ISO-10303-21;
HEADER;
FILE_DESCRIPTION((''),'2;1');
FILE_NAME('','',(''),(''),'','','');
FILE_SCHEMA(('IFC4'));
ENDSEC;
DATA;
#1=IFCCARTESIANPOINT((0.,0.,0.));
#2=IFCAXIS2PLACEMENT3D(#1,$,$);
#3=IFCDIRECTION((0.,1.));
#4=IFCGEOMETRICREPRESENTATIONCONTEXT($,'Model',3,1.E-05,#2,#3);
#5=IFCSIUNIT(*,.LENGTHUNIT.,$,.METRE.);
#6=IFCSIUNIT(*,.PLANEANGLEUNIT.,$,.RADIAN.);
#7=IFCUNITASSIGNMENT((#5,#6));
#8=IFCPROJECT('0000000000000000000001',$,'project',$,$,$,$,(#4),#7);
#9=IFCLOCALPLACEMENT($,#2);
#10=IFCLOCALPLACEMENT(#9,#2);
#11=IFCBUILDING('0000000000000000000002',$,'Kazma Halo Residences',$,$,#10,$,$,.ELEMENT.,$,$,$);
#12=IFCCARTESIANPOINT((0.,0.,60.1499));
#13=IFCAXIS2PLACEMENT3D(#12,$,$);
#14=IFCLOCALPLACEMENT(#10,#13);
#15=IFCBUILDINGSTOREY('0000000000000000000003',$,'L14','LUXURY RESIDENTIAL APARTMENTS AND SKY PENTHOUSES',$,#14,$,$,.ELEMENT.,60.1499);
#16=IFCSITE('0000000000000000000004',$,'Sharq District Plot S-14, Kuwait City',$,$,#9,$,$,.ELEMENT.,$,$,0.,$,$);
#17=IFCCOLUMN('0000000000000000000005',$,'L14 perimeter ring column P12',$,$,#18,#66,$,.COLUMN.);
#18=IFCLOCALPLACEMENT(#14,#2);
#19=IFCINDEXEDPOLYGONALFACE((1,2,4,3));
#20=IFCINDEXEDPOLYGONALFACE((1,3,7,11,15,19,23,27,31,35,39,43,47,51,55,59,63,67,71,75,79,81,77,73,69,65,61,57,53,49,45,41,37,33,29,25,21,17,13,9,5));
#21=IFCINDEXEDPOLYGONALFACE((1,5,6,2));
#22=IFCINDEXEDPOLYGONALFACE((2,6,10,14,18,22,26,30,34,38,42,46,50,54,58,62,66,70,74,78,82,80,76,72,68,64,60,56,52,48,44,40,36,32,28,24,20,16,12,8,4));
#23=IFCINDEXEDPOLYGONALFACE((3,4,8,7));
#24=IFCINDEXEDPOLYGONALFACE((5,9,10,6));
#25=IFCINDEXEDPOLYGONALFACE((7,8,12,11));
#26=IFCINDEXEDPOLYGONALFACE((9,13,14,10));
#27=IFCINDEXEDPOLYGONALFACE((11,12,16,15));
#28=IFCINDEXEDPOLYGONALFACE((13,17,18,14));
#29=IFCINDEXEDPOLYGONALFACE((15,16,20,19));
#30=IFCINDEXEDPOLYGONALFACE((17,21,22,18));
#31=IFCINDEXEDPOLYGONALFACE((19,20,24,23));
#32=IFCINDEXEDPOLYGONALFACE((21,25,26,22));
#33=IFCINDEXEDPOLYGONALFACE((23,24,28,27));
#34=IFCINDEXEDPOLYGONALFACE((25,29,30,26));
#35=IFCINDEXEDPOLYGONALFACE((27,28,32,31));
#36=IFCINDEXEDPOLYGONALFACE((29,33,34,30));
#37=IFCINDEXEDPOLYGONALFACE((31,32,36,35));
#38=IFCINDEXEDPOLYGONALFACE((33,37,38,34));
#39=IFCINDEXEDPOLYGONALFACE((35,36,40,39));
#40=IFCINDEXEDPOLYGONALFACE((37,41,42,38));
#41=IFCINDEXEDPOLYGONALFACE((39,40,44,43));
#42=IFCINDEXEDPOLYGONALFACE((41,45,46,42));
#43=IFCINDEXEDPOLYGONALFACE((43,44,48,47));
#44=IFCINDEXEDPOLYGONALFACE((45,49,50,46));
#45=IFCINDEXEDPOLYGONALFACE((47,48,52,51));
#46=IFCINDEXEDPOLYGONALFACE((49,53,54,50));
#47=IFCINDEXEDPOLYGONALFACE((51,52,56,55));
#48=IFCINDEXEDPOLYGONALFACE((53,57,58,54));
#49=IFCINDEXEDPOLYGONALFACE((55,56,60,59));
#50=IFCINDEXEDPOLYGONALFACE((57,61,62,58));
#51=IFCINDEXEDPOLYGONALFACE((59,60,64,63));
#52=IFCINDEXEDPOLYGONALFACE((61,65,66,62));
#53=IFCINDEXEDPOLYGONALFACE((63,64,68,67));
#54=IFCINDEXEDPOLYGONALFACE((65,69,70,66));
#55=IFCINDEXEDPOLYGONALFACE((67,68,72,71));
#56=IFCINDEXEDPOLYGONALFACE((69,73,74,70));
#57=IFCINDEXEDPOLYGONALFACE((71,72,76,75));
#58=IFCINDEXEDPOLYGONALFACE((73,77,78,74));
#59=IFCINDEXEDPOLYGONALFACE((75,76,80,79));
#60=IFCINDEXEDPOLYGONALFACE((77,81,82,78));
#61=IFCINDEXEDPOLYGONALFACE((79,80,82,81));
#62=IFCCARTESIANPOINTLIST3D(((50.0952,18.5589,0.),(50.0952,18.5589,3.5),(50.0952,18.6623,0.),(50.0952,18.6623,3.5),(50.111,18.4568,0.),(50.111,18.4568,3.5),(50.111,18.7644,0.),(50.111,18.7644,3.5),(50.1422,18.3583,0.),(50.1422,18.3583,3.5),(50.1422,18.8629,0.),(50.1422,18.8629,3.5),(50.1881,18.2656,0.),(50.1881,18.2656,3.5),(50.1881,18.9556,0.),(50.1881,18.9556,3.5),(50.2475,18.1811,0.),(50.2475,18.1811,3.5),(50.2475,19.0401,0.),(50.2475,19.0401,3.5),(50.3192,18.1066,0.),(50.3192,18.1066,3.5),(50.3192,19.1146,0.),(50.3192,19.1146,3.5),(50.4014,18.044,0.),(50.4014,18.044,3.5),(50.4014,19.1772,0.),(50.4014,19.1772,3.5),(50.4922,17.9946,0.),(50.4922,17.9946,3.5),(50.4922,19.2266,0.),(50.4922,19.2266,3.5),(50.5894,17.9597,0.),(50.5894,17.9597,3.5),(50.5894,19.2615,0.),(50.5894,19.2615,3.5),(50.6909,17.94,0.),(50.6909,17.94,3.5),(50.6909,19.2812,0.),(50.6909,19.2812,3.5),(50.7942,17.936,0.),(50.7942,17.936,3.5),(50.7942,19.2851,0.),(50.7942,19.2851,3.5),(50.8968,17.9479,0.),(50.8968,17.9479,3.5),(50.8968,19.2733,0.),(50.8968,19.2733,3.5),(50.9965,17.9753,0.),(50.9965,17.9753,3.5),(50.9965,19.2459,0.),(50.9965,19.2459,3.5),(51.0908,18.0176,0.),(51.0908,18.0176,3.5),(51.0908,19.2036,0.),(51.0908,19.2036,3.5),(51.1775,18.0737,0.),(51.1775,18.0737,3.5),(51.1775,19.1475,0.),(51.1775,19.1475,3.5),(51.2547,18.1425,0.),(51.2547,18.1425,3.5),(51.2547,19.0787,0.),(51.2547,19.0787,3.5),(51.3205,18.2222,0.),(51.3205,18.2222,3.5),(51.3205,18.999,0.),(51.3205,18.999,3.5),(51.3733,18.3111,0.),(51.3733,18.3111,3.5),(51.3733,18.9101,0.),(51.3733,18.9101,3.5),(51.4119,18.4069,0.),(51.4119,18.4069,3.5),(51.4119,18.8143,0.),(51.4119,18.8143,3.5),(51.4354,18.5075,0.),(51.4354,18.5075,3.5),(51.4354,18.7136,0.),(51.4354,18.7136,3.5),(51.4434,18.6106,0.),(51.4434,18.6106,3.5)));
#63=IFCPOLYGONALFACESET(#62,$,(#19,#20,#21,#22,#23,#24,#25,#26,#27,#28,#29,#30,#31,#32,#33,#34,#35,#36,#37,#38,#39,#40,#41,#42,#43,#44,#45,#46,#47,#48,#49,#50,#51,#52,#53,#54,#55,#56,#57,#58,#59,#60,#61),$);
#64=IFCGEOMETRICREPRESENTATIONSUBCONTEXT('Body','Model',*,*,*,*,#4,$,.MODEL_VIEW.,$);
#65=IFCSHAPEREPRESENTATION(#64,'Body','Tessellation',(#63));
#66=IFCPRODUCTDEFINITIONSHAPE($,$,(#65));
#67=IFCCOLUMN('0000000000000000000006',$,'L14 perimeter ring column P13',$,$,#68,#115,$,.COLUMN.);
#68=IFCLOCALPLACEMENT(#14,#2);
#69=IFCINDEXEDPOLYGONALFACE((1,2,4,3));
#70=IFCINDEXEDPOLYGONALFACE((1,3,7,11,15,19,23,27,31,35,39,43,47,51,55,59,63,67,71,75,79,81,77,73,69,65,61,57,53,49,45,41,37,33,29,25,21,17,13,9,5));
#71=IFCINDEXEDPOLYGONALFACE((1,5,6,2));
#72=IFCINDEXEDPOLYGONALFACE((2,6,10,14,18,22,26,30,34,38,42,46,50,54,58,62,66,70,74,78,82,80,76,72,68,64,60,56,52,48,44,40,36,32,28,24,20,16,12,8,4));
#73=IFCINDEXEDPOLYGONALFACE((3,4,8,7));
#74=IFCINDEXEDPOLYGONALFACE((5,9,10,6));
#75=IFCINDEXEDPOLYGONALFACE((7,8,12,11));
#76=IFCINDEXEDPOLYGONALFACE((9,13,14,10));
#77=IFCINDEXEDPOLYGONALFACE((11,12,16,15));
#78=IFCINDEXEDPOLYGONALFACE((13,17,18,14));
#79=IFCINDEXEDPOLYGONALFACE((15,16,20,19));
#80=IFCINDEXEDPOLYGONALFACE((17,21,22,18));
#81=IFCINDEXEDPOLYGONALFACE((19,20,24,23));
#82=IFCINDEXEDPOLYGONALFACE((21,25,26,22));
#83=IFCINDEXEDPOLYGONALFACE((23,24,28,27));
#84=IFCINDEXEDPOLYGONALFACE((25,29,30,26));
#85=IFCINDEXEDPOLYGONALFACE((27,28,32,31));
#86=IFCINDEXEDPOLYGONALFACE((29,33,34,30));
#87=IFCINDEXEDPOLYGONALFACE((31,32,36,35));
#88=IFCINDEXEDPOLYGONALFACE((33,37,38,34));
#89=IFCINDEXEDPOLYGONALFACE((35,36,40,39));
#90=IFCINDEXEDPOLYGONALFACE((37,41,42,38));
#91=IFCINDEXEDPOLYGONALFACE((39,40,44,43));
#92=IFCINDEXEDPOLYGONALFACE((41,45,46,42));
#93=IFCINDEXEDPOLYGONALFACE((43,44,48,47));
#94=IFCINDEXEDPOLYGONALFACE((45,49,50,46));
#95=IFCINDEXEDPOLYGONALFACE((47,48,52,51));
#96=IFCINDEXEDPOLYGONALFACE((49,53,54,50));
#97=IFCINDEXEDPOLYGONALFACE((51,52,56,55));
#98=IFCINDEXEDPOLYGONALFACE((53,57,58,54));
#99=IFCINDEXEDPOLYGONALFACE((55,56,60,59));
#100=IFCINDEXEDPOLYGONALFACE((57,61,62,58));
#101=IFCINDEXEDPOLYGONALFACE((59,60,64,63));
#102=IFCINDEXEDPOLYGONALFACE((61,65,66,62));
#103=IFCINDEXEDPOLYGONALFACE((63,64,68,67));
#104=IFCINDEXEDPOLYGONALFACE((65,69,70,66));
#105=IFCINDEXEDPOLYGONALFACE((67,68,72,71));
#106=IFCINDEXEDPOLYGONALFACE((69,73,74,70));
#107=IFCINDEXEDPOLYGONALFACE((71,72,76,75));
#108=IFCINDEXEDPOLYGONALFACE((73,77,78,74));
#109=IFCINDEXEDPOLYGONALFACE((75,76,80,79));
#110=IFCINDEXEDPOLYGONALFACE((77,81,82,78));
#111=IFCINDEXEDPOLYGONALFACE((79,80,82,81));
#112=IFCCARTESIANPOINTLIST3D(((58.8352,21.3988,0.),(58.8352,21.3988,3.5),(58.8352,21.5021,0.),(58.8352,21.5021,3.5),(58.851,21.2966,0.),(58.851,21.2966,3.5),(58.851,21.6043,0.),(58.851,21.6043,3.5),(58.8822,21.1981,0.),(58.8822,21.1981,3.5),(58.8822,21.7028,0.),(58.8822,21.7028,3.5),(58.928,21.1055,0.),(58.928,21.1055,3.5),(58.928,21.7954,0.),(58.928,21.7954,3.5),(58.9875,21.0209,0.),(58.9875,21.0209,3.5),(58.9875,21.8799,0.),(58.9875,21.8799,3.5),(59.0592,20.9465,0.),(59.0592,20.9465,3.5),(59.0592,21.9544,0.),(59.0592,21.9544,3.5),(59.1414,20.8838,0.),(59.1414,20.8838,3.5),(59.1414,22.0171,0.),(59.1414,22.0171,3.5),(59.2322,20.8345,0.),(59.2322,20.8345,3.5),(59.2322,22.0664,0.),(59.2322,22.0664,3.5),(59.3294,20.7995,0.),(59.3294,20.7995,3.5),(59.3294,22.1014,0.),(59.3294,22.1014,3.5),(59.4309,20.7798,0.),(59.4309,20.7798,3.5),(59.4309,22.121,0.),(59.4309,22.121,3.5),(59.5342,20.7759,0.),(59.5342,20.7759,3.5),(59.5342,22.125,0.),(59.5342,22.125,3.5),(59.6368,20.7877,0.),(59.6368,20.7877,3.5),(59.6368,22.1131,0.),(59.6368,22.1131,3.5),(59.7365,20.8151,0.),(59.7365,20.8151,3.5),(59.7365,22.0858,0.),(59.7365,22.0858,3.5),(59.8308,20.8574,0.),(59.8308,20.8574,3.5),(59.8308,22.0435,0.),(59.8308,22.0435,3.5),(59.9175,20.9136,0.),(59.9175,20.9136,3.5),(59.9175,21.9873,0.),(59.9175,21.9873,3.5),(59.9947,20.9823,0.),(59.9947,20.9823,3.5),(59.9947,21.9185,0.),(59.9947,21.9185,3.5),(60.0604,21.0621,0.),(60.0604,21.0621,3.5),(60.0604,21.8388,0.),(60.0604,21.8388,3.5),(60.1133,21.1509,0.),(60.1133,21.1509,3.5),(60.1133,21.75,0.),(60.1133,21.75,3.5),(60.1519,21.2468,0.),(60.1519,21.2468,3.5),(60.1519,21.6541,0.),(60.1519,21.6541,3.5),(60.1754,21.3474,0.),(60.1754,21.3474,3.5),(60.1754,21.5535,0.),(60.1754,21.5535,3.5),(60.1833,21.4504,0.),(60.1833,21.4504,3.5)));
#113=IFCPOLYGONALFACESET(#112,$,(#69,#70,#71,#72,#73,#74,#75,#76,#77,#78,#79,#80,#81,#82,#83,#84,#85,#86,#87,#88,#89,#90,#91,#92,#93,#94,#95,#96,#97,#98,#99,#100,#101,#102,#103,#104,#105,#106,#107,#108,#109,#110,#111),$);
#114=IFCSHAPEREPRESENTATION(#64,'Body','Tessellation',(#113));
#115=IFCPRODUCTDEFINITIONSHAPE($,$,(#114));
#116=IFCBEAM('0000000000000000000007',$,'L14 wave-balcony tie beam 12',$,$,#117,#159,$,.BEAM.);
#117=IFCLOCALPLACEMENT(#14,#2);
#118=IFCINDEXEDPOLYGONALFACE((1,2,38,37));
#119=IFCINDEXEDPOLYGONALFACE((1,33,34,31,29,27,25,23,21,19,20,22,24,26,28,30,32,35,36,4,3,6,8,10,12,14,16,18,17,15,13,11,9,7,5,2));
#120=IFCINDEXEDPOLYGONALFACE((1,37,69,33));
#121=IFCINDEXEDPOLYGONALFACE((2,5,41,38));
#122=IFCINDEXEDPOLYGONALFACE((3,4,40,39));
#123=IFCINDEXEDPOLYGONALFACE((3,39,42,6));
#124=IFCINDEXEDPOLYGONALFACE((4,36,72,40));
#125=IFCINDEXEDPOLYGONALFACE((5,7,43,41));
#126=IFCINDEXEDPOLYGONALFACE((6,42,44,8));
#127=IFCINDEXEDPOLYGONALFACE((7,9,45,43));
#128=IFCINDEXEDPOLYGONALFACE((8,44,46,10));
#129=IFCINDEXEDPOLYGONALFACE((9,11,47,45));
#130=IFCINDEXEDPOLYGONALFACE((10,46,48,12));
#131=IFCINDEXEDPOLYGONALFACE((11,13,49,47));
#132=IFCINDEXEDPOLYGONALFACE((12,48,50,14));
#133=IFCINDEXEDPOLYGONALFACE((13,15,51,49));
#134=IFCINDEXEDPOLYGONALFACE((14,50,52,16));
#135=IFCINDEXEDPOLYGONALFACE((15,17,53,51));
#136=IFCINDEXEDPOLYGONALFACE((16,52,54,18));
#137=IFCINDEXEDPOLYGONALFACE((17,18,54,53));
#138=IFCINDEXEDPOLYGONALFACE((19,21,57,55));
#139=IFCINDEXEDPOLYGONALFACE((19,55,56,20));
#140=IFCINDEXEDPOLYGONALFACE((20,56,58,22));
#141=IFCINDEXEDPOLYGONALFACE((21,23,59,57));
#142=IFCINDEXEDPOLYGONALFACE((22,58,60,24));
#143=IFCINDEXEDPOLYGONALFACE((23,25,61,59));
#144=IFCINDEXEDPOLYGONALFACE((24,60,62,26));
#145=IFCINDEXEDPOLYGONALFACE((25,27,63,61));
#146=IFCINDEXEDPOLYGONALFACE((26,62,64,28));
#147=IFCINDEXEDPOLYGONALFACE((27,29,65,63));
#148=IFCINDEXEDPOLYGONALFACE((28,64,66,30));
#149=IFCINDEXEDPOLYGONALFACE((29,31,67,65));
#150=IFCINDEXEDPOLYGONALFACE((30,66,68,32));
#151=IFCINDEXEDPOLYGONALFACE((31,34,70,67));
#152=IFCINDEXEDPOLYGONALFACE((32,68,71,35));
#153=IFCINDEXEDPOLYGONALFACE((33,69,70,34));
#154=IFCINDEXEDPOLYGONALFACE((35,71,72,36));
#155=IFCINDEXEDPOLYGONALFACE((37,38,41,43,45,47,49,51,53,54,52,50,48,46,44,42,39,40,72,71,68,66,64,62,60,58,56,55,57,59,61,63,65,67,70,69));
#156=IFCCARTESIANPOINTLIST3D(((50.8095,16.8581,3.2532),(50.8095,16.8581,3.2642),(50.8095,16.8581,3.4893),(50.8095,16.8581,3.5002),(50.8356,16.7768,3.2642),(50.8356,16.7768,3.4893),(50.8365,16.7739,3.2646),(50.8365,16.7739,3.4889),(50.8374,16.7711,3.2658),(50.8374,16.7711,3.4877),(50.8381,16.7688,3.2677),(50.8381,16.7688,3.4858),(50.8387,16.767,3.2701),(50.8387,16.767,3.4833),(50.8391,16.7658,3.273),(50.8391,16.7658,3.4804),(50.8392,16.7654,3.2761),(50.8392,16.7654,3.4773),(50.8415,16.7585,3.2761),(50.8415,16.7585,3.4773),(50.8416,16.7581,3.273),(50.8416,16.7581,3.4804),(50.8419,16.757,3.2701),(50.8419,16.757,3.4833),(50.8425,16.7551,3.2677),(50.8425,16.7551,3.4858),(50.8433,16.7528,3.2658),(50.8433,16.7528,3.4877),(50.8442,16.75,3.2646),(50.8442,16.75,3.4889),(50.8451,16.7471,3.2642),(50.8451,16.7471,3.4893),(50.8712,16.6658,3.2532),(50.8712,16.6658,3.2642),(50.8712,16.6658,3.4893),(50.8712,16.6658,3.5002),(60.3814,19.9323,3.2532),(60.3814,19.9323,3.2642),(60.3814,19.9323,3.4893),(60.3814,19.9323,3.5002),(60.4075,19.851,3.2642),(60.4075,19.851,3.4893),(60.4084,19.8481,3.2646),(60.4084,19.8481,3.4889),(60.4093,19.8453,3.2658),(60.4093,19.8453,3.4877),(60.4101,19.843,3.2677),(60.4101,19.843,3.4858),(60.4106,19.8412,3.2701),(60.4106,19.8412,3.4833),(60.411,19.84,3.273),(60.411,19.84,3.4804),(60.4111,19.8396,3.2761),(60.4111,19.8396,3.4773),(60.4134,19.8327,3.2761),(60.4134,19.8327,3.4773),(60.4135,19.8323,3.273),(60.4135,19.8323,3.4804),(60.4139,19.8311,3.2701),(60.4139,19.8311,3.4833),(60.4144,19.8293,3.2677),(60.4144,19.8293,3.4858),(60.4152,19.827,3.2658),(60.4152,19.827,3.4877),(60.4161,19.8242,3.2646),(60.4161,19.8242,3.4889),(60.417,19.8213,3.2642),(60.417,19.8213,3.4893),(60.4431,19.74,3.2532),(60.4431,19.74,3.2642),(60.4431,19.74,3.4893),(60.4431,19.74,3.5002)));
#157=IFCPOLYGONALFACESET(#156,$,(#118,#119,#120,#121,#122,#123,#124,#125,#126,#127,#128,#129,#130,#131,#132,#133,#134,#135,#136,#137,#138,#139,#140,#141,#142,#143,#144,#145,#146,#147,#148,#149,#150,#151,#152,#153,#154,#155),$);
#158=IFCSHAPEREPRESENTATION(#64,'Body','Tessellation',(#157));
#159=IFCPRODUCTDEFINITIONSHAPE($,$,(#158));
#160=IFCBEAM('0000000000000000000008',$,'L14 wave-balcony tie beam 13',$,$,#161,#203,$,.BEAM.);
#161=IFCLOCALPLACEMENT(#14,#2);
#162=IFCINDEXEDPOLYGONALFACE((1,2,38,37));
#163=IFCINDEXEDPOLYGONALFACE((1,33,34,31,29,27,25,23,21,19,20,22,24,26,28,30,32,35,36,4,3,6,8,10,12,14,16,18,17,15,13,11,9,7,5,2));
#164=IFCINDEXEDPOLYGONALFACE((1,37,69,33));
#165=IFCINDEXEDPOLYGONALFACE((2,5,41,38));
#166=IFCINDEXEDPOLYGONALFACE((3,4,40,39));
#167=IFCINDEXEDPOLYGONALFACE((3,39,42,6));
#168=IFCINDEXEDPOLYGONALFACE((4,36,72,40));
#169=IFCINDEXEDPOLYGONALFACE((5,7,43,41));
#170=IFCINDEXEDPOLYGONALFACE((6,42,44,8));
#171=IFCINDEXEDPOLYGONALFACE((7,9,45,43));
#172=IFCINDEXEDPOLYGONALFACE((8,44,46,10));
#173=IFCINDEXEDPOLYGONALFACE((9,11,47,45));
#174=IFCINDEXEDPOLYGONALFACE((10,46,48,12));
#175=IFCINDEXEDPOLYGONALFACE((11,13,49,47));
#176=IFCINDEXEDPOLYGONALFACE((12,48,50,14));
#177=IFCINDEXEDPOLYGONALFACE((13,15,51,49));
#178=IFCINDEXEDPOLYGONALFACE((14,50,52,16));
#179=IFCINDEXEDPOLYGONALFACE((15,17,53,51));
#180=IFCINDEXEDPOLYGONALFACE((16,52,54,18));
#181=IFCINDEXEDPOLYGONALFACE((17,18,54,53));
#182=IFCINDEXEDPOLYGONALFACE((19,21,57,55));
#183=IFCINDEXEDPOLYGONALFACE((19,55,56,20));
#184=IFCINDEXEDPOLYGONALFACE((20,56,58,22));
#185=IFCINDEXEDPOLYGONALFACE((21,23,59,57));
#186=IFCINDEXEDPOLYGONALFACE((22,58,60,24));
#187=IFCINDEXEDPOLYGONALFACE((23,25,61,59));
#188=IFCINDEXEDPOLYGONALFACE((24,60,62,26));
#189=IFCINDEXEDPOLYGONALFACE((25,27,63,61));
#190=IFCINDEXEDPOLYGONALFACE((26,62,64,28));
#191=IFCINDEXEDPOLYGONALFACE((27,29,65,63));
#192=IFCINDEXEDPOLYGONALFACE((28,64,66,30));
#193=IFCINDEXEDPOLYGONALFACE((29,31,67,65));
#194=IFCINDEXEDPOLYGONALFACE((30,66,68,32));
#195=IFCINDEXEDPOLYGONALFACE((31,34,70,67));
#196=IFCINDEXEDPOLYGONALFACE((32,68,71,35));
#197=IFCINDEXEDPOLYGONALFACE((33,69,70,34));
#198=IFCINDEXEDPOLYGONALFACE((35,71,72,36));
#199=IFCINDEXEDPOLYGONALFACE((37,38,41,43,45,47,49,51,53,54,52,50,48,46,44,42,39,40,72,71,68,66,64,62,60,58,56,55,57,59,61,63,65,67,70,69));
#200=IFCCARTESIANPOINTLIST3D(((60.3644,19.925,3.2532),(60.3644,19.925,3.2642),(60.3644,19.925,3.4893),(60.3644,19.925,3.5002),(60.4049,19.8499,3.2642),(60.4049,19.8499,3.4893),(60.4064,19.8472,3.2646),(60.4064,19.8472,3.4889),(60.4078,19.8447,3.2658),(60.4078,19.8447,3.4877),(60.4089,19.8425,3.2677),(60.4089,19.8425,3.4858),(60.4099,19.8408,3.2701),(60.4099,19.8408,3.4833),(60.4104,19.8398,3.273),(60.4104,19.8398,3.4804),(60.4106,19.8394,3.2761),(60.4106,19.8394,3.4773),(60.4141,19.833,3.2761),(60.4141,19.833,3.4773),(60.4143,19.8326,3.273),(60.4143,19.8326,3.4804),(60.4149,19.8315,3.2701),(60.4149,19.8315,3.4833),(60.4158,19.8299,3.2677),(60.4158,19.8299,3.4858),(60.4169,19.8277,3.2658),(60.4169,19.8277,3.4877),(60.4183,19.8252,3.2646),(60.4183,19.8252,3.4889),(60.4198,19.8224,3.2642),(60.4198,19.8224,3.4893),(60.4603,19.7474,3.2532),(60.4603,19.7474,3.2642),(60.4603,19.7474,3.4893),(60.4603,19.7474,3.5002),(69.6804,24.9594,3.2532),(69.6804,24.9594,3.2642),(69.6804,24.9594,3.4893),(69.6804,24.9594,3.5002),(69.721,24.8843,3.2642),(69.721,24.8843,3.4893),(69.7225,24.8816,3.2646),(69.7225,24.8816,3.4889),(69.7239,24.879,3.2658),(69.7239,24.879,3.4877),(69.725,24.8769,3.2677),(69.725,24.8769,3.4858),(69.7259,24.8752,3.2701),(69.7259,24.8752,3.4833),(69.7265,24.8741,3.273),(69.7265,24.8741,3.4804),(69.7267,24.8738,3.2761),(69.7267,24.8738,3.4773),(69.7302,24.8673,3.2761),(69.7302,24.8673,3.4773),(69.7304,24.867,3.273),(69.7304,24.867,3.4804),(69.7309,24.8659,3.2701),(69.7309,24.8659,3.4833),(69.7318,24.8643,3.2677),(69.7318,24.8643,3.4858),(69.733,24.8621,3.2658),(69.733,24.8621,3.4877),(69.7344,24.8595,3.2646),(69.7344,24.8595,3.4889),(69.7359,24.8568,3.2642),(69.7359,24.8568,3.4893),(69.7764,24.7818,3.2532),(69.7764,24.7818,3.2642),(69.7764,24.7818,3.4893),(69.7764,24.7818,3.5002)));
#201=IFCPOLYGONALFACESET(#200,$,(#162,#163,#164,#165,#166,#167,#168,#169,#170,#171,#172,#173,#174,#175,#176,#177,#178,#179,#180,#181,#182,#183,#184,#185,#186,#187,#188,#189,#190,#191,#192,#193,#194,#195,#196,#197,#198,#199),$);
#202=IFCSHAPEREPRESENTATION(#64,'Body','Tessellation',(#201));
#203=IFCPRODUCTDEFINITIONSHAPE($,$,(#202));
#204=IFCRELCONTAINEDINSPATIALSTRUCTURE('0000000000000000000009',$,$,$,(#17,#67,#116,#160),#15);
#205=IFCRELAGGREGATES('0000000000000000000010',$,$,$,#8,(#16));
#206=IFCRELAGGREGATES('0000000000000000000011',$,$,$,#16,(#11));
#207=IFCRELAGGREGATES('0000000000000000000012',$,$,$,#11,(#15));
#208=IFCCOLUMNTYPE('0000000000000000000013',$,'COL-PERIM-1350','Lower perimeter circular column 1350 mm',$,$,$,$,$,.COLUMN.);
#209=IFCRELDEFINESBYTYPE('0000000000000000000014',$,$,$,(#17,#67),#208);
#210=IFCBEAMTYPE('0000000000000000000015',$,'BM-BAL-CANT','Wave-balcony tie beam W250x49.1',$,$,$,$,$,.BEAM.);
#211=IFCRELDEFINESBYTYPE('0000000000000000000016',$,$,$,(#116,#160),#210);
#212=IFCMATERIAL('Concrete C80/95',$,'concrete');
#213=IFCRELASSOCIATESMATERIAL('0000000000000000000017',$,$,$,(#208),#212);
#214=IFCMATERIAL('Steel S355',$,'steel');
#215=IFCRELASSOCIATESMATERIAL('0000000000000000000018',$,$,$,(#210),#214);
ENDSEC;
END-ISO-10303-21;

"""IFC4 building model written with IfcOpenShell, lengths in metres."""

from ifc_helpers import new_model, si_unit, direction, frame, origin, origin_2d, place, context, subcontext, project, spatial, circle, i_section, extrude, material, material_profile, profile_set, type_object, element, save


model = new_model("IFC4")

# Units and contexts
model_context = context("Model", 3, precision=1e-05, world=origin(), true_north=direction((0.0, 1.0)))
body_context = subcontext(model_context, "Body", "Model", "MODEL_VIEW")
ifc_project = project(units=[si_unit("LENGTHUNIT", "METRE"), si_unit("PLANEANGLEUNIT", "RADIAN")], contexts=[model_context])

# Site, building, storey
site_placement = place(None, origin())
site = spatial("IfcSite", under=ifc_project, at=site_placement, Name="Sharq District Plot S-14, Kuwait City", CompositionType="ELEMENT", RefElevation=0.0)
building_placement = place(site_placement, origin())
building = spatial("IfcBuilding", under=site, at=building_placement, Name="Kazma Halo Residences", CompositionType="ELEMENT")
storey_placement = place(building_placement, frame((0.0, 0.0, 60.1499)))
storey = spatial("IfcBuildingStorey", under=building, at=storey_placement, Name="L14", Description="LUXURY RESIDENTIAL APARTMENTS AND SKY PENTHOUSES", CompositionType="ELEMENT", Elevation=60.1499)

# Columns
ifc_material_1 = material(Name="Concrete C80/95", Category="concrete")
ifc_material_profile_1 = material_profile(ifc_material_1, circle(Radius=0.675, at=origin_2d()), Name="CIRC1350")
ifc_profile_set_1 = profile_set([ifc_material_profile_1], Name="Concrete C80/95")
column_type = type_object("IfcColumnType", Name="COL-PERIM-1350", Description="Lower perimeter circular column 1350 mm", PredefinedType="COLUMN", material=ifc_profile_set_1)
for number, where, z_axis, x_axis, name in (
    (1, (50.7683, 18.6106, 0.0), (0.0, 0.0, 1.0), (1.0, 0.0, 0.0), "L14 perimeter ring column P12"),
    (2, (59.5083, 21.4504, 0.0), (0.0, 0.0, 1.0), (1.0, 0.0, 0.0), "L14 perimeter ring column P13"),
):
    element("IfcColumn", number, at=place(storey_placement, frame(where, z_axis=z_axis, x_axis=x_axis)), inside=storey, type_object=column_type, Name=name, PredefinedType="COLUMN", context=body_context, shape_type="SweptSolid", body=[
        extrude(circle(Radius=0.675, at=origin_2d()), origin(), (0.0, 0.0, 1.0), 3.5),
    ])

# Beams
ifc_material_2 = material(Name="Steel S355", Category="steel")
ifc_material_profile_2 = material_profile(ifc_material_2, i_section(OverallWidth=0.2019, OverallDepth=0.2471, WebThickness=0.0073, FlangeThickness=0.011, FilletRadius=0.012, at=origin_2d()), Name="W250x49.1")
ifc_profile_set_2 = profile_set([ifc_material_profile_2], Name="Steel S355")
beam_type_1 = type_object("IfcBeamType", Name="BM-BAL-CANT", Description="Wave-balcony tie beam W250x49.1", PredefinedType="BEAM", material=ifc_profile_set_2)
beam_1_placement = place(storey_placement, frame((50.8403, 16.762, 3.3767), z_axis=(0.952101, 0.305784, 0.0), x_axis=(-0.305784, 0.952101, 0.0)))
element("IfcBeam", 3, at=beam_1_placement, inside=storey, type_object=beam_type_1, Name="L14 wave-balcony tie beam 12", PredefinedType="BEAM", context=body_context, shape_type="SweptSolid", body=[
    extrude(i_section(OverallWidth=0.2019, OverallDepth=0.2471, WebThickness=0.0073, FlangeThickness=0.011, FilletRadius=0.012, at=origin_2d()), origin(), (0.0, 0.0, 1.0), 10.0535),
])
beam_2_placement = place(storey_placement, frame((60.4124, 19.8362, 3.3767), z_axis=(0.879759, 0.475419, 0.0), x_axis=(-0.475419, 0.879759, 0.0)))
element("IfcBeam", 4, at=beam_2_placement, inside=storey, type_object=beam_type_1, Name="L14 wave-balcony tie beam 13", PredefinedType="BEAM", context=body_context, shape_type="SweptSolid", body=[
    extrude(i_section(OverallWidth=0.2019, OverallDepth=0.2471, WebThickness=0.0073, FlangeThickness=0.011, FilletRadius=0.012, at=origin_2d()), origin(), (0.0, 0.0, 1.0), 10.5894),
])

save(model, "model.ifc")
